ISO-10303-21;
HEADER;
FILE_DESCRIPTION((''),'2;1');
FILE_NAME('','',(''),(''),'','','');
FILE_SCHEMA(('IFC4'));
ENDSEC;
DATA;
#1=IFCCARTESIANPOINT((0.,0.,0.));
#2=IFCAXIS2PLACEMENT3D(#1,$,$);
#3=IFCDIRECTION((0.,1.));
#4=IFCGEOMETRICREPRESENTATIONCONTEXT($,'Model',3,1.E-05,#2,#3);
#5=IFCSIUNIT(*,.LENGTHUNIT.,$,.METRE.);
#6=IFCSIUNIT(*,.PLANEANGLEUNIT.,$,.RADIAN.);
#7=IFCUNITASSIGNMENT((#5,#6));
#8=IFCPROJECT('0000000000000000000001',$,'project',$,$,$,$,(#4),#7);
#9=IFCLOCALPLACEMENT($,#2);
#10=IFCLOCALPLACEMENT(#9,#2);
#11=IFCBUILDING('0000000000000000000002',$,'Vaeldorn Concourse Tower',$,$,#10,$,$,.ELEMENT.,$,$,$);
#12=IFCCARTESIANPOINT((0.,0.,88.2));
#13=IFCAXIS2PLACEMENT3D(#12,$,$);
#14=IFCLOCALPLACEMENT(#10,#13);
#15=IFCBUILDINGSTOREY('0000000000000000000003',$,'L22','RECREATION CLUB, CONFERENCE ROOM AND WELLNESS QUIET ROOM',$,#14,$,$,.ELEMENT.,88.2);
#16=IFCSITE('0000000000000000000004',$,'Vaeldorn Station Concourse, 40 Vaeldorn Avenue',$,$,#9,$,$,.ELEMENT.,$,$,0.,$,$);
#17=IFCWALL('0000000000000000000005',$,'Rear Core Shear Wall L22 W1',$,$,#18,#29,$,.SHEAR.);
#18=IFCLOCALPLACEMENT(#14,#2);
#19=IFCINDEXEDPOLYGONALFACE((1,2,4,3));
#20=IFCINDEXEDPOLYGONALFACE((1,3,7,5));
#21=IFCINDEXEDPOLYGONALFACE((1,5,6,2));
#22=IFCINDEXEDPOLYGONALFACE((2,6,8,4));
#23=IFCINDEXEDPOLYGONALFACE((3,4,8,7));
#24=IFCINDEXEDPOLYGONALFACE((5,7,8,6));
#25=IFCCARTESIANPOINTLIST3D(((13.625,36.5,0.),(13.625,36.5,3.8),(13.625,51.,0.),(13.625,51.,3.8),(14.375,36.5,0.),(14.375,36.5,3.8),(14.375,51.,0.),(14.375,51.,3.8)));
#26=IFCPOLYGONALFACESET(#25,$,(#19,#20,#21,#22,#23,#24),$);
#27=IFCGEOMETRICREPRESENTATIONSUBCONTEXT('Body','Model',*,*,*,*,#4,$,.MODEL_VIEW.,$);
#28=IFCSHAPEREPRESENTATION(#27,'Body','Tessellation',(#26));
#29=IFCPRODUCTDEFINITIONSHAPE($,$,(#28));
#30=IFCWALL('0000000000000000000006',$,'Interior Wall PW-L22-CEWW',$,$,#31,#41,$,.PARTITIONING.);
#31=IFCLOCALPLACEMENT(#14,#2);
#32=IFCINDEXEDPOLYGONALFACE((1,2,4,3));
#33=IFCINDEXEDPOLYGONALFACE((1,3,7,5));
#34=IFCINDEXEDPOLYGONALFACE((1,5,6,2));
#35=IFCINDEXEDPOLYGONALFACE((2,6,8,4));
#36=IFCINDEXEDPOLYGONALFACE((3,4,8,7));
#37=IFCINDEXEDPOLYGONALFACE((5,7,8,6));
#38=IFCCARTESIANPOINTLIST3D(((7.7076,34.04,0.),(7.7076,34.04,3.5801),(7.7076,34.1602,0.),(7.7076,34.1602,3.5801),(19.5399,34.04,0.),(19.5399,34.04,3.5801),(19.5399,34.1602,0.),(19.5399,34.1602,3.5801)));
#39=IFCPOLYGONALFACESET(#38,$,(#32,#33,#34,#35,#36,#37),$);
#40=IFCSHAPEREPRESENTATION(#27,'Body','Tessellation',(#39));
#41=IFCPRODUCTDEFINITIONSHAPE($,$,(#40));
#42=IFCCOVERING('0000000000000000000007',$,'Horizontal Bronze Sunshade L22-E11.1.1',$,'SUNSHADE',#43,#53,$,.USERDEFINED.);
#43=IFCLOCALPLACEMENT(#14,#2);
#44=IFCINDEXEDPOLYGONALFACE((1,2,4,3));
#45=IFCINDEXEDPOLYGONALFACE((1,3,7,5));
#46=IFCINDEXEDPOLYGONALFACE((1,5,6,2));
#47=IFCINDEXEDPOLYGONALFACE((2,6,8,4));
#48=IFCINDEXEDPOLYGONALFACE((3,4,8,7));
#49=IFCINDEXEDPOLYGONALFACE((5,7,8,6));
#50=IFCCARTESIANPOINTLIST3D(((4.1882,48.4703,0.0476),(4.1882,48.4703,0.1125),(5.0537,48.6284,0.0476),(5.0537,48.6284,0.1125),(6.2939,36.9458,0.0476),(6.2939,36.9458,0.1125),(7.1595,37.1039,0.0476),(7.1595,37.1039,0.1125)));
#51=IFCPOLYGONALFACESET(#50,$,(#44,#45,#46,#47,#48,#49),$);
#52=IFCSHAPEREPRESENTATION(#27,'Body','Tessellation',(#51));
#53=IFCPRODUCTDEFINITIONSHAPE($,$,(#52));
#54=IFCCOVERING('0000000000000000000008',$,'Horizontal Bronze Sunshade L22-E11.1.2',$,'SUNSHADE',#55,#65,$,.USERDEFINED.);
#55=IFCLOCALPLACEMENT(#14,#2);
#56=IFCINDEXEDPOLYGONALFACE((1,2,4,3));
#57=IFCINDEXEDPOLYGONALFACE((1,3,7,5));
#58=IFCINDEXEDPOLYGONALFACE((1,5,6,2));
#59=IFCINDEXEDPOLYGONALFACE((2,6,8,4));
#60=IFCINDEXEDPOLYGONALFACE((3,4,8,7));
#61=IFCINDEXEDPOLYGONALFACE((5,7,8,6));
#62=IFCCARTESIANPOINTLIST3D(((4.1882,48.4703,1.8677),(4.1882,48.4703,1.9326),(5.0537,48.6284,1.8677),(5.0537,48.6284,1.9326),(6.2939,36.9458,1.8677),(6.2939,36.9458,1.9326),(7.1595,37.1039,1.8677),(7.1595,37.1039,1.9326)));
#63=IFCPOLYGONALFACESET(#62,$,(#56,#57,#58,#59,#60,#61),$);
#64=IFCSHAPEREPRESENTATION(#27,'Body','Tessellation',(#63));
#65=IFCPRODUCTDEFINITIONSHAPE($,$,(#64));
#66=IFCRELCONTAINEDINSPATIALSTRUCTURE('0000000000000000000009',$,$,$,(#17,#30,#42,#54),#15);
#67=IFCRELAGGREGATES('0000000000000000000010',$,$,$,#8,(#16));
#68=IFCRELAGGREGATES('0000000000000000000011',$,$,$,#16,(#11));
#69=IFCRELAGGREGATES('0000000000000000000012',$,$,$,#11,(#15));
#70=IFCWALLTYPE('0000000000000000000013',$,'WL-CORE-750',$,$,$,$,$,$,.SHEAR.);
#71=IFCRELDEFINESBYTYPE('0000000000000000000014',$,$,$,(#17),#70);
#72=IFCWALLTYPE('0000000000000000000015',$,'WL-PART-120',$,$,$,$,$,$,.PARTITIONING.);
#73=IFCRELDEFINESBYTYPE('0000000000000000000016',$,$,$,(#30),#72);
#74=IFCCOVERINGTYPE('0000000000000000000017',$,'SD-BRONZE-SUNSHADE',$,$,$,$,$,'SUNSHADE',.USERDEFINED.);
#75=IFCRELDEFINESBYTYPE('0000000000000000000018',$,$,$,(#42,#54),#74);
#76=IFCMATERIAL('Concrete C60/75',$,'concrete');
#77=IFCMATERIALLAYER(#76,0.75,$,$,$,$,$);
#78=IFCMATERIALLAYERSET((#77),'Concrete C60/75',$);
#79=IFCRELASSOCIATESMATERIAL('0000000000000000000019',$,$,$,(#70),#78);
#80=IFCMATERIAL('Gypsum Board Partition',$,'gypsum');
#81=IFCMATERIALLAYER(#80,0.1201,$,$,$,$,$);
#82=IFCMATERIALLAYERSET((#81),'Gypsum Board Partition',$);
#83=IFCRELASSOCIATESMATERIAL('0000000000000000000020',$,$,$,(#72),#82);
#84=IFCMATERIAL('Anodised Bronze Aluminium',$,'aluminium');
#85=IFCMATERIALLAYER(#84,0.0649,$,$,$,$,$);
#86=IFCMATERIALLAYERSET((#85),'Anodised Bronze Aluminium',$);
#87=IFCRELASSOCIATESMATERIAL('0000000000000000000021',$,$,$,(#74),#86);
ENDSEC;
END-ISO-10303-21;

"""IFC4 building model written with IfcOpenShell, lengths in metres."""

from ifc_helpers import new_model, si_unit, direction, frame, frame_2d, origin, origin_2d, place, context, subcontext, project, spatial, rectangle, extrude, source, transform, mapped, material, layer, layer_set, type_object, element, save


model = new_model("IFC4")

# Units and contexts
model_context = context("Model", 3, precision=1e-05, world=origin(), true_north=direction((0.0, 1.0)))
body_context = subcontext(model_context, "Body", "Model", "MODEL_VIEW")
ifc_project = project(units=[si_unit("LENGTHUNIT", "METRE"), si_unit("PLANEANGLEUNIT", "RADIAN")], contexts=[model_context])

# Site, building, storey
site_placement = place(None, origin())
site = spatial("IfcSite", under=ifc_project, at=site_placement, Name="Vaeldorn Station Concourse, 40 Vaeldorn Avenue", CompositionType="ELEMENT", RefElevation=0.0)
building_placement = place(site_placement, origin())
building = spatial("IfcBuilding", under=site, at=building_placement, Name="Vaeldorn Concourse Tower", CompositionType="ELEMENT")
storey_placement = place(building_placement, frame((0.0, 0.0, 88.2)))
storey = spatial("IfcBuildingStorey", under=building, at=storey_placement, Name="L22", Description="RECREATION CLUB, CONFERENCE ROOM AND WELLNESS QUIET ROOM", CompositionType="ELEMENT", Elevation=88.2)

# Shared definitions
ifc_material_1 = material(Name="Concrete C60/75", Category="concrete")

# Shared definitions
ifc_material_2 = material(Name="Anodised Bronze Aluminium", Category="aluminium")

# Walls
ifc_layer_1 = layer(ifc_material_1, 0.75)
ifc_layer_set_1 = layer_set([ifc_layer_1], Name="Concrete C60/75")
wall_type_1 = type_object("IfcWallType", Name="WL-CORE-750", PredefinedType="SHEAR", material=ifc_layer_set_1)
wall_1_placement = place(storey_placement, frame((14.0, 36.5, 0.0), z_axis=(0.0, 0.0, 1.0), x_axis=(0.0, 1.0, 0.0)))
element("IfcWall", 1, at=wall_1_placement, inside=storey, type_object=wall_type_1, Name="Rear Core Shear Wall L22 W1", PredefinedType="SHEAR", context=body_context, shape_type="SweptSolid", body=[
    extrude(rectangle(XDim=14.5, YDim=0.75, at=frame_2d((7.25, 0.0))), origin(), (0.0, 0.0, 1.0), 3.8),
])
ifc_material_3 = material(Name="Gypsum Board Partition", Category="gypsum")
ifc_layer_2 = layer(ifc_material_3, 0.1201)
ifc_layer_set_2 = layer_set([ifc_layer_2], Name="Gypsum Board Partition")
wall_type_2 = type_object("IfcWallType", Name="WL-PART-120", PredefinedType="PARTITIONING", material=ifc_layer_set_2)
wall_2_placement = place(storey_placement, frame((7.7078, 34.1001, 0.0), z_axis=(0.0, 0.0, 1.0), x_axis=(1.0, 0.0, 0.0)))
element("IfcWall", 2, at=wall_2_placement, inside=storey, type_object=wall_type_2, Name="Interior Wall PW-L22-CEWW", PredefinedType="PARTITIONING", context=body_context, shape_type="SweptSolid", body=[
    extrude(rectangle(XDim=11.8323, YDim=0.1201, at=frame_2d((5.916, 0.0))), origin(), (0.0, 0.0, 1.0), 3.5801),
])

# Coverings
ifc_layer_3 = layer(ifc_material_2, 0.0649)
ifc_layer_set_3 = layer_set([ifc_layer_3], Name="Anodised Bronze Aluminium")
covering_type = type_object("IfcCoveringType", Name="SD-BRONZE-SUNSHADE", ElementType="SUNSHADE", PredefinedType="USERDEFINED", material=ifc_layer_set_3)
shared_shape_1 = source(origin(), body_context, "Body", "SweptSolid", [
    extrude(rectangle(XDim=11.7153, YDim=0.8799, at=origin_2d()), origin(), (0.0, 0.0, 1.0), 0.0649),
])
for number, where, z_axis, x_axis, name in (
    (3, (5.6738, 42.7871, 0.0476), (0.0, 0.0, 1.0), (0.179747, -0.983713, 0.0), "Horizontal Bronze Sunshade L22-E11.1.1"),
    (4, (5.6738, 42.7871, 1.8677), (0.0, 0.0, 1.0), (0.179747, -0.983713, 0.0), "Horizontal Bronze Sunshade L22-E11.1.2"),
):
    element("IfcCovering", number, at=place(storey_placement, frame(where, z_axis=z_axis, x_axis=x_axis)), inside=storey, type_object=covering_type, Name=name, ObjectType="SUNSHADE", PredefinedType="USERDEFINED", context=body_context, shape_type="MappedRepresentation", body=[
        mapped(shared_shape_1, transform((0.0, 0.0, 0.0), scale=1.0)),
    ])

save(model, "model.ifc")
